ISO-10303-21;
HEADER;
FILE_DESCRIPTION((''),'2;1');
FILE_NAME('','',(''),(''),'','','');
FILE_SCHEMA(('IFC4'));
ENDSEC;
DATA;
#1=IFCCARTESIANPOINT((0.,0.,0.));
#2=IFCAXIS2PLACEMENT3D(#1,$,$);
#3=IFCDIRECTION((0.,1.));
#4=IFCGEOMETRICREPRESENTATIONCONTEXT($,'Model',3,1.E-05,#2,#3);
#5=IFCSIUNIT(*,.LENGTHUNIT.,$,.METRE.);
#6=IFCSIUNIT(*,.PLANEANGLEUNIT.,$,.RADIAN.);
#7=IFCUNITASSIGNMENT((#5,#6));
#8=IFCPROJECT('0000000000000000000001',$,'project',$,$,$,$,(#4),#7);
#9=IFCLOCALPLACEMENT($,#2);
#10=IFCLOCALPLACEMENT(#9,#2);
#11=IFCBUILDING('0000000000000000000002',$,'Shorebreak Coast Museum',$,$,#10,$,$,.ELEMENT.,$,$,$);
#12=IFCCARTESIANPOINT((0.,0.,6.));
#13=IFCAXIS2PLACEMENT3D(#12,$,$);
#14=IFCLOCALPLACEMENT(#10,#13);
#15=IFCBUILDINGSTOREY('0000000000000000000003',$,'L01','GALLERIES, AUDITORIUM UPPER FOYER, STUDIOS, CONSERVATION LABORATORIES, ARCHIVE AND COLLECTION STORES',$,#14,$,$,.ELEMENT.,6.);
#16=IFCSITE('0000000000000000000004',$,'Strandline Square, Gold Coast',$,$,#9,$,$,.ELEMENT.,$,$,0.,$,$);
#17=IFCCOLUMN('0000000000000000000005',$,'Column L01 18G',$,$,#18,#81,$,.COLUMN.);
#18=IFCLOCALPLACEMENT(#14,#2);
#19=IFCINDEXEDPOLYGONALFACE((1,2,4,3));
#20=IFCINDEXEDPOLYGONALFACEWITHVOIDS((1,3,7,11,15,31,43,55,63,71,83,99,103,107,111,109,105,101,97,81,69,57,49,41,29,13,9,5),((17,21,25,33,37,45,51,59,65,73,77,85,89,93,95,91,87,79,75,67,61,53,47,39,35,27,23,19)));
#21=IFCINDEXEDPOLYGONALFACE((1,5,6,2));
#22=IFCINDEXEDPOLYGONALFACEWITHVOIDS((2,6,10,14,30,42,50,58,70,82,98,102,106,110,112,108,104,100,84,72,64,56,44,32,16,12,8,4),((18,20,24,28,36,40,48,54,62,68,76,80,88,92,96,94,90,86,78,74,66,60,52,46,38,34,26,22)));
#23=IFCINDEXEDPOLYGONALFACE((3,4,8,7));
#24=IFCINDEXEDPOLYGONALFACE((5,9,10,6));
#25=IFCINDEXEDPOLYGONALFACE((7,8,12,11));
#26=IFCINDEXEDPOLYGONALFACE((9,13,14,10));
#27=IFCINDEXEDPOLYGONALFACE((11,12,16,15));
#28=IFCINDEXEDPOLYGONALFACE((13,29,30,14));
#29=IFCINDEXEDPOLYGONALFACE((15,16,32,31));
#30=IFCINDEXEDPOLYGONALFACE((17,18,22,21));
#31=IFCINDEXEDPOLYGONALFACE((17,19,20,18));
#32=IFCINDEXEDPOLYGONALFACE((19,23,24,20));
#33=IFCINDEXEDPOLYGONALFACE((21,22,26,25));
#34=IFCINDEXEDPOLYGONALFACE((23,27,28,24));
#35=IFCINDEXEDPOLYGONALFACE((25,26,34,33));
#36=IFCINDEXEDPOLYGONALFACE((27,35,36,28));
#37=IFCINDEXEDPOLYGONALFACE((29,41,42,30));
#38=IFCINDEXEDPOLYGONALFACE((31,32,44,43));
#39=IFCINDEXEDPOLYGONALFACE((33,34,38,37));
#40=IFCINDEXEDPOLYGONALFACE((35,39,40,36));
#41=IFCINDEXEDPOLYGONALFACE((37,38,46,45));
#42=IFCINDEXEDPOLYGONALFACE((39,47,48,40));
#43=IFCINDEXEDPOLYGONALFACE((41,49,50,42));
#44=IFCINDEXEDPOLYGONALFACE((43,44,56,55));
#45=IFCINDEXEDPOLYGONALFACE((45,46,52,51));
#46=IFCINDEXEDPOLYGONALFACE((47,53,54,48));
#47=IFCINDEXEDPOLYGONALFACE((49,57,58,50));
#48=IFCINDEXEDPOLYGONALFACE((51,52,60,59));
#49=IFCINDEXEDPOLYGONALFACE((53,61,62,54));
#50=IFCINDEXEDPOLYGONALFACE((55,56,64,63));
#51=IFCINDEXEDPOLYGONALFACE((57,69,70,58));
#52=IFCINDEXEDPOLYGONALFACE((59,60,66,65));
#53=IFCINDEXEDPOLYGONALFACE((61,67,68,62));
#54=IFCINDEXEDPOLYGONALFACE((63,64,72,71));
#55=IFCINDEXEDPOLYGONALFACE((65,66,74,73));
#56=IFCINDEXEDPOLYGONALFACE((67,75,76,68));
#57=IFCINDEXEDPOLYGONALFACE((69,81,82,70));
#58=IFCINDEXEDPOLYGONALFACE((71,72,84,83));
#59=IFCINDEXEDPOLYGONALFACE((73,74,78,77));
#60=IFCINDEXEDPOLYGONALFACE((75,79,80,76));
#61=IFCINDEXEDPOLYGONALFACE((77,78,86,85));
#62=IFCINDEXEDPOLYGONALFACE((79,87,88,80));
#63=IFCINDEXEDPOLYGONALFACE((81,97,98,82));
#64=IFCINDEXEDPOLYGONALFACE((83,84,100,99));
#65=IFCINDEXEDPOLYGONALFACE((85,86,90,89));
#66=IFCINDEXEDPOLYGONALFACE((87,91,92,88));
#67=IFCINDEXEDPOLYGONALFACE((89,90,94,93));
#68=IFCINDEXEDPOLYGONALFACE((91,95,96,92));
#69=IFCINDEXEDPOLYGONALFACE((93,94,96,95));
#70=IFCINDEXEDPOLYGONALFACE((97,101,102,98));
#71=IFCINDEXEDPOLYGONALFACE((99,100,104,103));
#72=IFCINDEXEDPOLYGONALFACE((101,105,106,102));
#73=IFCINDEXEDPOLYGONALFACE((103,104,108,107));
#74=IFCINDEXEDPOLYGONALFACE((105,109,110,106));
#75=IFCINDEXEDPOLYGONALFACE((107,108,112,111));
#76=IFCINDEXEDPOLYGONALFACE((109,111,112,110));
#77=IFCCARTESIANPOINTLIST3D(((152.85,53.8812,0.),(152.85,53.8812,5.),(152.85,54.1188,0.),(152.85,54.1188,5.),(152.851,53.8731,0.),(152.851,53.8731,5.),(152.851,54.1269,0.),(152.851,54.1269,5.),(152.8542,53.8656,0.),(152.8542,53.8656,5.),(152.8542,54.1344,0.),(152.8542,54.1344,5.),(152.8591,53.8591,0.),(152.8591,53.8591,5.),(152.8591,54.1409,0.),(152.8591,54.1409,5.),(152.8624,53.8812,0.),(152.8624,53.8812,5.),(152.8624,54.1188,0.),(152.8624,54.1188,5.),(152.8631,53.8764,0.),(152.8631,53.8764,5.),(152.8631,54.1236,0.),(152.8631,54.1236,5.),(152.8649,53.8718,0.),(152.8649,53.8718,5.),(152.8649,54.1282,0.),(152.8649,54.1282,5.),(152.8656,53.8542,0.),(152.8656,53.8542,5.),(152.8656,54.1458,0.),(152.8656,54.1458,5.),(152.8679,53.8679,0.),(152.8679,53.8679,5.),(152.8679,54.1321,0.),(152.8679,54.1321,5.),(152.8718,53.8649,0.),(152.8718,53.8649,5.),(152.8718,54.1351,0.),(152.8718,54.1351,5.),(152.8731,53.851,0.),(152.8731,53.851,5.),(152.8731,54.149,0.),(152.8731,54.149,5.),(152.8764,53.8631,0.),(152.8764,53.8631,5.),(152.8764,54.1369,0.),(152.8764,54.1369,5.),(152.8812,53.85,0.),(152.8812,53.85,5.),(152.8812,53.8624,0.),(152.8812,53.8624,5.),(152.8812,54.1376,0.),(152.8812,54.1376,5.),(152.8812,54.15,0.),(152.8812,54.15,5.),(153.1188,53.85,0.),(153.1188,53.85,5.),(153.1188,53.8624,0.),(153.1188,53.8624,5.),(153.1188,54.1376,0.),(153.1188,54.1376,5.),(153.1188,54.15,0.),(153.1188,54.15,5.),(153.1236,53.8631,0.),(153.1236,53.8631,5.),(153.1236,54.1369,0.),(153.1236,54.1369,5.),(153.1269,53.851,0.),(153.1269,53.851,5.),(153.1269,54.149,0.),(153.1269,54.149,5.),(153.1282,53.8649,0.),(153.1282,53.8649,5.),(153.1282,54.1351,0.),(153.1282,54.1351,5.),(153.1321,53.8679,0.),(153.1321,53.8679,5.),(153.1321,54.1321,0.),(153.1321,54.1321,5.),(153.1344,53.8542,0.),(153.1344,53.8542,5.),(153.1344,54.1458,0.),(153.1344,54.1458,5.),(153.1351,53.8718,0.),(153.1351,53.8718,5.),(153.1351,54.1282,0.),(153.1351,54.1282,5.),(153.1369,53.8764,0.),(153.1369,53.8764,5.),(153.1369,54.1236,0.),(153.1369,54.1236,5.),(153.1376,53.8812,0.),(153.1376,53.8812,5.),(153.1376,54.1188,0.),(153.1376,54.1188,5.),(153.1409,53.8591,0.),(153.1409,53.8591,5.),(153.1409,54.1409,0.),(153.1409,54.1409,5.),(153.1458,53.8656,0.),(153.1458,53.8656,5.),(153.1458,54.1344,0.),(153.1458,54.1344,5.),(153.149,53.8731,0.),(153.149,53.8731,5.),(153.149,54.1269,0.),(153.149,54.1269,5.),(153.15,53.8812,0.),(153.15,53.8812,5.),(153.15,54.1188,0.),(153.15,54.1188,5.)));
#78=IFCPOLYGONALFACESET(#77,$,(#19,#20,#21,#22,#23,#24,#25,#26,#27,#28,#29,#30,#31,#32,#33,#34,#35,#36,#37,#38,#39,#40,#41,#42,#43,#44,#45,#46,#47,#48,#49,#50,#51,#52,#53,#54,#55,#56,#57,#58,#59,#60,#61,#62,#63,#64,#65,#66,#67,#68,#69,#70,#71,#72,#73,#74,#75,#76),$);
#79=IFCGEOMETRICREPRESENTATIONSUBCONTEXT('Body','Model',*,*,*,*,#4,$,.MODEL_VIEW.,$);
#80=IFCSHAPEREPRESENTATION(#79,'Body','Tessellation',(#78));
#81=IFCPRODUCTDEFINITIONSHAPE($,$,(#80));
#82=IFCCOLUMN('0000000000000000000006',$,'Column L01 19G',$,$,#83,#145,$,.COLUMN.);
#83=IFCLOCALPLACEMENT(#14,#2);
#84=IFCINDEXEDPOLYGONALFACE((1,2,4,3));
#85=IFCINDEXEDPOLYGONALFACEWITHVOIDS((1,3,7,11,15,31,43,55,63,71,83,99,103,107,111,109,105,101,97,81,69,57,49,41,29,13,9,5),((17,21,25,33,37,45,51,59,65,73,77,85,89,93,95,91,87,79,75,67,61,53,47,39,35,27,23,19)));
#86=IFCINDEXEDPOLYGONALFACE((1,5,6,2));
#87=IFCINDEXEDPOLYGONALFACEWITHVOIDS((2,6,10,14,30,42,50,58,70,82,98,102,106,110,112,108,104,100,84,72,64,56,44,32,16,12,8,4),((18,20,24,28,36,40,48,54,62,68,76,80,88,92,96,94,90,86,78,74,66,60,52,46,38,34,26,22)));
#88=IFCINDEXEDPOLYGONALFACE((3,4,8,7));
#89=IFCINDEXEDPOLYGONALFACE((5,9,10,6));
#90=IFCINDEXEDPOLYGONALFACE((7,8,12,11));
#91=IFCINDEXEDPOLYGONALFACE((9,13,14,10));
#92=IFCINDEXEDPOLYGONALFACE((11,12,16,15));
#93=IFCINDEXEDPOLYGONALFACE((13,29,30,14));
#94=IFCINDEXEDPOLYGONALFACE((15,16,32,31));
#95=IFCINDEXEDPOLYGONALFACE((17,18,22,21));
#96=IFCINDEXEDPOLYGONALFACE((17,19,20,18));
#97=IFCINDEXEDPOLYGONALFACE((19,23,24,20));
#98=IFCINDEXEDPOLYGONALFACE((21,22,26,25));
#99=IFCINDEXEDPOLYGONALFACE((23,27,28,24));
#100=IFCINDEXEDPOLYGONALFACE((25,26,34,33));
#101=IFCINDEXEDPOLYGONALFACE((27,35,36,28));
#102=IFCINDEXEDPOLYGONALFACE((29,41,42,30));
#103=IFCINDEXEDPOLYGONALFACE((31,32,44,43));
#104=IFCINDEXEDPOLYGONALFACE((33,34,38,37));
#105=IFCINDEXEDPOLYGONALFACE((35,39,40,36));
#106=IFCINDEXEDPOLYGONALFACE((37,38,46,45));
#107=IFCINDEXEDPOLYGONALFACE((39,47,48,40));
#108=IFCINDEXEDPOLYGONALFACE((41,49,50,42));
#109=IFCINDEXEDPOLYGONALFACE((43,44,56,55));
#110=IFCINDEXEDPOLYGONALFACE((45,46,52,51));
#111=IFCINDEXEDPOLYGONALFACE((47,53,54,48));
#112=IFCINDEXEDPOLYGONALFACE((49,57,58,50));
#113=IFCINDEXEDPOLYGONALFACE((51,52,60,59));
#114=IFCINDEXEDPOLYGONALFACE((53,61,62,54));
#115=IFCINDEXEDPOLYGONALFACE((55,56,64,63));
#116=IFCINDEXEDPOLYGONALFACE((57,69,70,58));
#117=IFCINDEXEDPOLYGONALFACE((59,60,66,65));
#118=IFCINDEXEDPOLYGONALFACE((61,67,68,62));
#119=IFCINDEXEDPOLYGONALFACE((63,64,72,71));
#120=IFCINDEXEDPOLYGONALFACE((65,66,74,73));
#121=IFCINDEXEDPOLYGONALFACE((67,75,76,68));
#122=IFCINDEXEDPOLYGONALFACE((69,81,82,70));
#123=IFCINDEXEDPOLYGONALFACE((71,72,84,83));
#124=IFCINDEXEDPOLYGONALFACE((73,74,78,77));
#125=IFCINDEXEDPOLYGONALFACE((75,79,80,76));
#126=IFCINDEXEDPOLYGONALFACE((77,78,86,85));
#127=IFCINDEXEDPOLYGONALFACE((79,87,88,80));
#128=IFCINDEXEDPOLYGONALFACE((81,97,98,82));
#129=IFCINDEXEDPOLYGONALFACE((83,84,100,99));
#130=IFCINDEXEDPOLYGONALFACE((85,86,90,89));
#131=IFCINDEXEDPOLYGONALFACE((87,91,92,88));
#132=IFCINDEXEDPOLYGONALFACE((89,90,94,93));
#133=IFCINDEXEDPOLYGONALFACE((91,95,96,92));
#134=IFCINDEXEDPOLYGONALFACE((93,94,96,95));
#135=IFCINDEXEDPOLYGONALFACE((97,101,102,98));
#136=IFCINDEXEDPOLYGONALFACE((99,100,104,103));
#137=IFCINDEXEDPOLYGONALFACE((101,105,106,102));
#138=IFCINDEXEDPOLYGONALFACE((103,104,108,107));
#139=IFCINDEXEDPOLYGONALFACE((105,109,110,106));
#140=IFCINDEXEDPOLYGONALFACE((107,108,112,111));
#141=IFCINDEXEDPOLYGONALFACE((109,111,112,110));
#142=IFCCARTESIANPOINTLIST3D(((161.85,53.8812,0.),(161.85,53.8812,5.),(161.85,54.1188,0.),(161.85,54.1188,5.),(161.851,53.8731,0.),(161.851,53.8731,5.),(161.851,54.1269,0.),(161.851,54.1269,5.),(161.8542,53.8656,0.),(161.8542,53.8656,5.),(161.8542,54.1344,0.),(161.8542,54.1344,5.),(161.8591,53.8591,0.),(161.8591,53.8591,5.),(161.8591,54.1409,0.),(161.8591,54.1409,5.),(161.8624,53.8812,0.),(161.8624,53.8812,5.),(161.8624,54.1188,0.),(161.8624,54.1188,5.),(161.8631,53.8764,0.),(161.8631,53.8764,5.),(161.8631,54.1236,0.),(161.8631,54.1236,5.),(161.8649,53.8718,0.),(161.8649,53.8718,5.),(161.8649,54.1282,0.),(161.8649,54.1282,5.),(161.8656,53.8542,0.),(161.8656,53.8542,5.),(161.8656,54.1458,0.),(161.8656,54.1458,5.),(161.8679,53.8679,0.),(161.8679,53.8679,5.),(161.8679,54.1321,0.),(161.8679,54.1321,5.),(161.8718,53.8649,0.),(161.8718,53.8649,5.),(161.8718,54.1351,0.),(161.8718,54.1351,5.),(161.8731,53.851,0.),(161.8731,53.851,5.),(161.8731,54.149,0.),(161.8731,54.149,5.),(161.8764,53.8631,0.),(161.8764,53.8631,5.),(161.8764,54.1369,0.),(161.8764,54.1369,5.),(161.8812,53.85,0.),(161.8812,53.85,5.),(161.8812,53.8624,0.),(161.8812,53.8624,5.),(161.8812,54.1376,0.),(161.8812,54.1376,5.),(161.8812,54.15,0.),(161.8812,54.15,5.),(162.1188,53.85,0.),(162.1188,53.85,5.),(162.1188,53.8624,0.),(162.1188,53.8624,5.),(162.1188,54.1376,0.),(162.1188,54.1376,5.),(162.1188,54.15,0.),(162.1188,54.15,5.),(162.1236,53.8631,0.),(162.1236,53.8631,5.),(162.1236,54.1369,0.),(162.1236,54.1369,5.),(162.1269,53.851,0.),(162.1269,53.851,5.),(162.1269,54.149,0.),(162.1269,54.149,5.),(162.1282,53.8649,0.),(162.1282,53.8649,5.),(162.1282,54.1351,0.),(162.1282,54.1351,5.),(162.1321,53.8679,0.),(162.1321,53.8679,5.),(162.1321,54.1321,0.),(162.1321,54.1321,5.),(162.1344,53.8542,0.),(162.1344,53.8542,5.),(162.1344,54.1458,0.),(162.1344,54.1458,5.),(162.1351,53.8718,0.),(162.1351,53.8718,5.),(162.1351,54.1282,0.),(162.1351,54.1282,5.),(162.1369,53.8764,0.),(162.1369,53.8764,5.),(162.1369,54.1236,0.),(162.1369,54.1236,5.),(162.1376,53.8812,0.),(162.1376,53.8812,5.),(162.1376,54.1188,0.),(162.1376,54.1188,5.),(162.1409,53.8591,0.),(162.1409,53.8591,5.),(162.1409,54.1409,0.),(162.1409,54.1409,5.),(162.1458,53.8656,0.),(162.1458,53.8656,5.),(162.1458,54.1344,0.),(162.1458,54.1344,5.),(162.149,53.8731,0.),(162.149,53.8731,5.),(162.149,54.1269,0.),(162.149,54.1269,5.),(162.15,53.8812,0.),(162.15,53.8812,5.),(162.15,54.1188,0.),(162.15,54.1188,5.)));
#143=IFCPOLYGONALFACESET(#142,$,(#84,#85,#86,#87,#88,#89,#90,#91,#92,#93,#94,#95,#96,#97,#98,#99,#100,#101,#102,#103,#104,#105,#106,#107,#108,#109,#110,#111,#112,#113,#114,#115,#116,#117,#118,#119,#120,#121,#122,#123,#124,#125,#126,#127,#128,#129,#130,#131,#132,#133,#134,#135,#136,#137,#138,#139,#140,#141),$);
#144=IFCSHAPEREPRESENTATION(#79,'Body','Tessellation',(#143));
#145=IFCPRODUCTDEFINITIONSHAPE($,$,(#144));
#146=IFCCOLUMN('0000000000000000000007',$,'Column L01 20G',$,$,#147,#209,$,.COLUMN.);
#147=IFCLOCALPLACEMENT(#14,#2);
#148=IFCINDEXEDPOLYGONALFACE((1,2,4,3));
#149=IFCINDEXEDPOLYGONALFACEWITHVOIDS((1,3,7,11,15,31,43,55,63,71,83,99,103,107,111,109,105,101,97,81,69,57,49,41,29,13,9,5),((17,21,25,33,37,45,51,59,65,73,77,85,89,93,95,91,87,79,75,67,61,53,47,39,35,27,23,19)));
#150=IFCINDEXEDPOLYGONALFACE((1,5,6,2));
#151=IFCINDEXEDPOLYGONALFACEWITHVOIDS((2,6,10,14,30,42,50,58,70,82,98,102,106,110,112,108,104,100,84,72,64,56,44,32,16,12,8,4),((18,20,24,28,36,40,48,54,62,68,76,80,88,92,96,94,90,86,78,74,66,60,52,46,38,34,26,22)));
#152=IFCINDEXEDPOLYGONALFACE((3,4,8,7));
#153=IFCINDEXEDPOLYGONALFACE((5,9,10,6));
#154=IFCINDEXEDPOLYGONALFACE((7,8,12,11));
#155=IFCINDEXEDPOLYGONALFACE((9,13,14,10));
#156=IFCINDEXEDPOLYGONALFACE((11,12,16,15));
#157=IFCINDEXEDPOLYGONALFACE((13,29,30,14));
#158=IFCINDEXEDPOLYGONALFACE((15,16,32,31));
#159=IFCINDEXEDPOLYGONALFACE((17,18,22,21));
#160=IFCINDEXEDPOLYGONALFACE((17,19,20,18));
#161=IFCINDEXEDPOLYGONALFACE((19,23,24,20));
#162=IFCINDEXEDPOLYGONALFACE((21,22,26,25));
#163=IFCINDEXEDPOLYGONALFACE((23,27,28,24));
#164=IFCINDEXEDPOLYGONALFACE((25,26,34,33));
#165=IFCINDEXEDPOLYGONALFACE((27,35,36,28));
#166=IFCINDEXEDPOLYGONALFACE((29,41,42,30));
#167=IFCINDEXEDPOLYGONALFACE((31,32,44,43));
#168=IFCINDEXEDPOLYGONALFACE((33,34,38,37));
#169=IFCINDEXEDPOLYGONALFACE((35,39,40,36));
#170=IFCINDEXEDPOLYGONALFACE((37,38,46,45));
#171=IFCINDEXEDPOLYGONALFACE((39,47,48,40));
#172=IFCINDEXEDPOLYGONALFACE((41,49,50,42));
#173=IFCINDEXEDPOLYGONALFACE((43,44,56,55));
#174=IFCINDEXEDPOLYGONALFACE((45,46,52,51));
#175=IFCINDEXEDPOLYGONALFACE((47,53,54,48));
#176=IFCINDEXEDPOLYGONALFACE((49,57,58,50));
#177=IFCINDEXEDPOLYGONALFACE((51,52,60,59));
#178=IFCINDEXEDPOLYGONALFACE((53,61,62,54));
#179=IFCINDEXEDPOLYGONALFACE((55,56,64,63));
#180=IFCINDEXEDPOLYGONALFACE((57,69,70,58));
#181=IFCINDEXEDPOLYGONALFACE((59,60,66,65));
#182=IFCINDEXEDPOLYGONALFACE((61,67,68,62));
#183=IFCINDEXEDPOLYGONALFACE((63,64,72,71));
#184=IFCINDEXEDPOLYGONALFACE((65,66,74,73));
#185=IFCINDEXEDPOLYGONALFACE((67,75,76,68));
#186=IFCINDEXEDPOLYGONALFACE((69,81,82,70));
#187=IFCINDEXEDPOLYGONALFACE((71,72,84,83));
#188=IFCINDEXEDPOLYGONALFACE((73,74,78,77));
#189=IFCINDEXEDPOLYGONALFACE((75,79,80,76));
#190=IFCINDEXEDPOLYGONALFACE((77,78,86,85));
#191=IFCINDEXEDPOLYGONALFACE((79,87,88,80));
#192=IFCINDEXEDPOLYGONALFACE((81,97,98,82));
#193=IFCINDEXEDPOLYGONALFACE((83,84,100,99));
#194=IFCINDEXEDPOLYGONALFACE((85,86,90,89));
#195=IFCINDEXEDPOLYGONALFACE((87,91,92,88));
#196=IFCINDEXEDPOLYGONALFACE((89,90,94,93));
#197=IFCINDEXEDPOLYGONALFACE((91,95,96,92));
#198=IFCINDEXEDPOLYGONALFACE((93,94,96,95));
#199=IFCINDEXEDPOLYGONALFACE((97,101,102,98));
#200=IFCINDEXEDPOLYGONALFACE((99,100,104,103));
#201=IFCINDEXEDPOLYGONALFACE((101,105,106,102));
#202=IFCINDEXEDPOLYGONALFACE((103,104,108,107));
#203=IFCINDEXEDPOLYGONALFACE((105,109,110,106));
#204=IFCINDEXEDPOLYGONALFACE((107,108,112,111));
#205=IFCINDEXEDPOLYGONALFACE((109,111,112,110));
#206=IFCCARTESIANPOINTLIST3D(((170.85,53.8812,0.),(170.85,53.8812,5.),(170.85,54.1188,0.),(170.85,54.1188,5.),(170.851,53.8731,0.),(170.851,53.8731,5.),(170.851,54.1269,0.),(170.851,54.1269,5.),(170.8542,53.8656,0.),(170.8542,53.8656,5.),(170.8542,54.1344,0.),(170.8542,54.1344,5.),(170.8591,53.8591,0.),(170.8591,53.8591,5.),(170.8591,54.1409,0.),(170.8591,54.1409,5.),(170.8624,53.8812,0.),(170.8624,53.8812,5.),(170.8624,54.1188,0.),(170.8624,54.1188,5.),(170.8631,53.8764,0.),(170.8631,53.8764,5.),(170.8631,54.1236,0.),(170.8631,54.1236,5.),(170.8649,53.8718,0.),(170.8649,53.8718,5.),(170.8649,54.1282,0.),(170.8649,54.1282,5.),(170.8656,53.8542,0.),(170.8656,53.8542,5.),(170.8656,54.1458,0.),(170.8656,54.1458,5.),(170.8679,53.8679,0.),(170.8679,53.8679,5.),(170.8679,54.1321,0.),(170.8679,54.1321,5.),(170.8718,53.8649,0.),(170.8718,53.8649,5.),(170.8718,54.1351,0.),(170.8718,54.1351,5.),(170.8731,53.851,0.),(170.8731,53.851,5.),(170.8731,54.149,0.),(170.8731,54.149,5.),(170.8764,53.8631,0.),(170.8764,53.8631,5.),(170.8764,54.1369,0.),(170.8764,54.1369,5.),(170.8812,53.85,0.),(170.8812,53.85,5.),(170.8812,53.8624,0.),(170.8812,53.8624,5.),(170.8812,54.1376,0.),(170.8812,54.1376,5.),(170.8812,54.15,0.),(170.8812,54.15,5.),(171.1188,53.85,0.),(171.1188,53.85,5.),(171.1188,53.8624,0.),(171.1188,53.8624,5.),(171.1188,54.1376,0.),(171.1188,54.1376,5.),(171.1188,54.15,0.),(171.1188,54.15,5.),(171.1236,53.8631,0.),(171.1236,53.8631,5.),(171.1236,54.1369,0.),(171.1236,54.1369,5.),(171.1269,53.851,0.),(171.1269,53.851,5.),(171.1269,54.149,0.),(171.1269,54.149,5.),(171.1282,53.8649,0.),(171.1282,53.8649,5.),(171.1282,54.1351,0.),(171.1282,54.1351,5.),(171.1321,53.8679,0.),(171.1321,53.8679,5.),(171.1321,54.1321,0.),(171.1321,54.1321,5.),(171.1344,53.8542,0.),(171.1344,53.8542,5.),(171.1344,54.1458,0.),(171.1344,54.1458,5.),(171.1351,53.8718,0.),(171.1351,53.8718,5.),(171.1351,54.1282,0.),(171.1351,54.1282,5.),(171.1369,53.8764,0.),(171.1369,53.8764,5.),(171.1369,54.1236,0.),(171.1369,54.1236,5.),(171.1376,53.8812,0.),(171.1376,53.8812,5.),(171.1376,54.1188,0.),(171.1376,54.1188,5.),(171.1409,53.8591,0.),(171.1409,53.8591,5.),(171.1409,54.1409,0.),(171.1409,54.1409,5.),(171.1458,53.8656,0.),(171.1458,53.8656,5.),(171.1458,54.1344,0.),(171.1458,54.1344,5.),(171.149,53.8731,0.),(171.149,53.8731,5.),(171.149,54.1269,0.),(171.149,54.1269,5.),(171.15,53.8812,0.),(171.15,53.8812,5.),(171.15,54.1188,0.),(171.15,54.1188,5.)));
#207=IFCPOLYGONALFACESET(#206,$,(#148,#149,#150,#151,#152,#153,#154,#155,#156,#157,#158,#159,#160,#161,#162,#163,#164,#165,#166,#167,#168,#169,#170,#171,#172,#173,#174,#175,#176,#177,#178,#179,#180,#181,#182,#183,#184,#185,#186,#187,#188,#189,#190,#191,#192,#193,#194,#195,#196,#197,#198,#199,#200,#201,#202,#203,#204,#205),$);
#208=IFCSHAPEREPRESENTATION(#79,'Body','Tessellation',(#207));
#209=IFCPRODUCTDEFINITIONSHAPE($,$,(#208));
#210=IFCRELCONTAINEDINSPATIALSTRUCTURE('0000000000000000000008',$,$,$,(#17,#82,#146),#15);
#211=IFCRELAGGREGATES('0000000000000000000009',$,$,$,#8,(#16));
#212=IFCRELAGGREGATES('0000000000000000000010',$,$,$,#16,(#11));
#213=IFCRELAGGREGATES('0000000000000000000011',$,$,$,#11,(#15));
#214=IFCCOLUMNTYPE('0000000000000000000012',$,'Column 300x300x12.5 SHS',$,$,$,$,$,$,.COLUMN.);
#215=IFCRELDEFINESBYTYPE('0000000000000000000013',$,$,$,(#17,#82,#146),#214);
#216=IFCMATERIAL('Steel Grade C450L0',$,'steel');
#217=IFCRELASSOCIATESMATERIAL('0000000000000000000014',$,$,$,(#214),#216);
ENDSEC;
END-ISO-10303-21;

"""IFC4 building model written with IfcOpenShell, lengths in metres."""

from ifc_helpers import new_model, si_unit, direction, frame, origin, origin_2d, place, context, subcontext, project, spatial, hollow_rectangle, extrude, material, material_profile, profile_set, type_object, element, save


model = new_model("IFC4")

# Units and contexts
model_context = context("Model", 3, precision=1e-05, world=origin(), true_north=direction((0.0, 1.0)))
body_context = subcontext(model_context, "Body", "Model", "MODEL_VIEW")
ifc_project = project(units=[si_unit("LENGTHUNIT", "METRE"), si_unit("PLANEANGLEUNIT", "RADIAN")], contexts=[model_context])

# Site, building, storey
site_placement = place(None, origin())
site = spatial("IfcSite", under=ifc_project, at=site_placement, Name="Strandline Square, Gold Coast", CompositionType="ELEMENT", RefElevation=0.0)
building_placement = place(site_placement, origin())
building = spatial("IfcBuilding", under=site, at=building_placement, Name="Shorebreak Coast Museum", CompositionType="ELEMENT")
storey_placement = place(building_placement, frame((0.0, 0.0, 6.0)))
storey = spatial("IfcBuildingStorey", under=building, at=storey_placement, Name="L01", Description="GALLERIES, AUDITORIUM UPPER FOYER, STUDIOS, CONSERVATION LABORATORIES, ARCHIVE AND COLLECTION STORES", CompositionType="ELEMENT", Elevation=6.0)

# Columns
ifc_material_1 = material(Name="Steel Grade C450L0", Category="steel")
ifc_material_profile_1 = material_profile(ifc_material_1, hollow_rectangle(XDim=0.3, YDim=0.3, WallThickness=0.0125, InnerFilletRadius=0.0188, OuterFilletRadius=0.0312, at=origin_2d()), Name="300x300x12.5 SHS")
ifc_profile_set_1 = profile_set([ifc_material_profile_1], Name="Steel Grade C450L0")
column_type = type_object("IfcColumnType", Name="Column 300x300x12.5 SHS", PredefinedType="COLUMN", material=ifc_profile_set_1)
for number, where, z_axis, x_axis, name in (
    (1, (153.0, 54.0, 0.0), (0.0, 0.0, 1.0), (1.0, 0.0, 0.0), "Column L01 18G"),
    (2, (162.0, 54.0, 0.0), (0.0, 0.0, 1.0), (1.0, 0.0, 0.0), "Column L01 19G"),
    (3, (171.0, 54.0, 0.0), (0.0, 0.0, 1.0), (1.0, 0.0, 0.0), "Column L01 20G"),
):
    element("IfcColumn", number, at=place(storey_placement, frame(where, z_axis=z_axis, x_axis=x_axis)), inside=storey, type_object=column_type, Name=name, PredefinedType="COLUMN", context=body_context, shape_type="SweptSolid", body=[
        extrude(hollow_rectangle(XDim=0.3, YDim=0.3, WallThickness=0.0125, InnerFilletRadius=0.0188, OuterFilletRadius=0.0312, at=origin_2d()), origin(), (0.0, 0.0, 1.0), 5.0),
    ])

save(model, "model.ifc")
